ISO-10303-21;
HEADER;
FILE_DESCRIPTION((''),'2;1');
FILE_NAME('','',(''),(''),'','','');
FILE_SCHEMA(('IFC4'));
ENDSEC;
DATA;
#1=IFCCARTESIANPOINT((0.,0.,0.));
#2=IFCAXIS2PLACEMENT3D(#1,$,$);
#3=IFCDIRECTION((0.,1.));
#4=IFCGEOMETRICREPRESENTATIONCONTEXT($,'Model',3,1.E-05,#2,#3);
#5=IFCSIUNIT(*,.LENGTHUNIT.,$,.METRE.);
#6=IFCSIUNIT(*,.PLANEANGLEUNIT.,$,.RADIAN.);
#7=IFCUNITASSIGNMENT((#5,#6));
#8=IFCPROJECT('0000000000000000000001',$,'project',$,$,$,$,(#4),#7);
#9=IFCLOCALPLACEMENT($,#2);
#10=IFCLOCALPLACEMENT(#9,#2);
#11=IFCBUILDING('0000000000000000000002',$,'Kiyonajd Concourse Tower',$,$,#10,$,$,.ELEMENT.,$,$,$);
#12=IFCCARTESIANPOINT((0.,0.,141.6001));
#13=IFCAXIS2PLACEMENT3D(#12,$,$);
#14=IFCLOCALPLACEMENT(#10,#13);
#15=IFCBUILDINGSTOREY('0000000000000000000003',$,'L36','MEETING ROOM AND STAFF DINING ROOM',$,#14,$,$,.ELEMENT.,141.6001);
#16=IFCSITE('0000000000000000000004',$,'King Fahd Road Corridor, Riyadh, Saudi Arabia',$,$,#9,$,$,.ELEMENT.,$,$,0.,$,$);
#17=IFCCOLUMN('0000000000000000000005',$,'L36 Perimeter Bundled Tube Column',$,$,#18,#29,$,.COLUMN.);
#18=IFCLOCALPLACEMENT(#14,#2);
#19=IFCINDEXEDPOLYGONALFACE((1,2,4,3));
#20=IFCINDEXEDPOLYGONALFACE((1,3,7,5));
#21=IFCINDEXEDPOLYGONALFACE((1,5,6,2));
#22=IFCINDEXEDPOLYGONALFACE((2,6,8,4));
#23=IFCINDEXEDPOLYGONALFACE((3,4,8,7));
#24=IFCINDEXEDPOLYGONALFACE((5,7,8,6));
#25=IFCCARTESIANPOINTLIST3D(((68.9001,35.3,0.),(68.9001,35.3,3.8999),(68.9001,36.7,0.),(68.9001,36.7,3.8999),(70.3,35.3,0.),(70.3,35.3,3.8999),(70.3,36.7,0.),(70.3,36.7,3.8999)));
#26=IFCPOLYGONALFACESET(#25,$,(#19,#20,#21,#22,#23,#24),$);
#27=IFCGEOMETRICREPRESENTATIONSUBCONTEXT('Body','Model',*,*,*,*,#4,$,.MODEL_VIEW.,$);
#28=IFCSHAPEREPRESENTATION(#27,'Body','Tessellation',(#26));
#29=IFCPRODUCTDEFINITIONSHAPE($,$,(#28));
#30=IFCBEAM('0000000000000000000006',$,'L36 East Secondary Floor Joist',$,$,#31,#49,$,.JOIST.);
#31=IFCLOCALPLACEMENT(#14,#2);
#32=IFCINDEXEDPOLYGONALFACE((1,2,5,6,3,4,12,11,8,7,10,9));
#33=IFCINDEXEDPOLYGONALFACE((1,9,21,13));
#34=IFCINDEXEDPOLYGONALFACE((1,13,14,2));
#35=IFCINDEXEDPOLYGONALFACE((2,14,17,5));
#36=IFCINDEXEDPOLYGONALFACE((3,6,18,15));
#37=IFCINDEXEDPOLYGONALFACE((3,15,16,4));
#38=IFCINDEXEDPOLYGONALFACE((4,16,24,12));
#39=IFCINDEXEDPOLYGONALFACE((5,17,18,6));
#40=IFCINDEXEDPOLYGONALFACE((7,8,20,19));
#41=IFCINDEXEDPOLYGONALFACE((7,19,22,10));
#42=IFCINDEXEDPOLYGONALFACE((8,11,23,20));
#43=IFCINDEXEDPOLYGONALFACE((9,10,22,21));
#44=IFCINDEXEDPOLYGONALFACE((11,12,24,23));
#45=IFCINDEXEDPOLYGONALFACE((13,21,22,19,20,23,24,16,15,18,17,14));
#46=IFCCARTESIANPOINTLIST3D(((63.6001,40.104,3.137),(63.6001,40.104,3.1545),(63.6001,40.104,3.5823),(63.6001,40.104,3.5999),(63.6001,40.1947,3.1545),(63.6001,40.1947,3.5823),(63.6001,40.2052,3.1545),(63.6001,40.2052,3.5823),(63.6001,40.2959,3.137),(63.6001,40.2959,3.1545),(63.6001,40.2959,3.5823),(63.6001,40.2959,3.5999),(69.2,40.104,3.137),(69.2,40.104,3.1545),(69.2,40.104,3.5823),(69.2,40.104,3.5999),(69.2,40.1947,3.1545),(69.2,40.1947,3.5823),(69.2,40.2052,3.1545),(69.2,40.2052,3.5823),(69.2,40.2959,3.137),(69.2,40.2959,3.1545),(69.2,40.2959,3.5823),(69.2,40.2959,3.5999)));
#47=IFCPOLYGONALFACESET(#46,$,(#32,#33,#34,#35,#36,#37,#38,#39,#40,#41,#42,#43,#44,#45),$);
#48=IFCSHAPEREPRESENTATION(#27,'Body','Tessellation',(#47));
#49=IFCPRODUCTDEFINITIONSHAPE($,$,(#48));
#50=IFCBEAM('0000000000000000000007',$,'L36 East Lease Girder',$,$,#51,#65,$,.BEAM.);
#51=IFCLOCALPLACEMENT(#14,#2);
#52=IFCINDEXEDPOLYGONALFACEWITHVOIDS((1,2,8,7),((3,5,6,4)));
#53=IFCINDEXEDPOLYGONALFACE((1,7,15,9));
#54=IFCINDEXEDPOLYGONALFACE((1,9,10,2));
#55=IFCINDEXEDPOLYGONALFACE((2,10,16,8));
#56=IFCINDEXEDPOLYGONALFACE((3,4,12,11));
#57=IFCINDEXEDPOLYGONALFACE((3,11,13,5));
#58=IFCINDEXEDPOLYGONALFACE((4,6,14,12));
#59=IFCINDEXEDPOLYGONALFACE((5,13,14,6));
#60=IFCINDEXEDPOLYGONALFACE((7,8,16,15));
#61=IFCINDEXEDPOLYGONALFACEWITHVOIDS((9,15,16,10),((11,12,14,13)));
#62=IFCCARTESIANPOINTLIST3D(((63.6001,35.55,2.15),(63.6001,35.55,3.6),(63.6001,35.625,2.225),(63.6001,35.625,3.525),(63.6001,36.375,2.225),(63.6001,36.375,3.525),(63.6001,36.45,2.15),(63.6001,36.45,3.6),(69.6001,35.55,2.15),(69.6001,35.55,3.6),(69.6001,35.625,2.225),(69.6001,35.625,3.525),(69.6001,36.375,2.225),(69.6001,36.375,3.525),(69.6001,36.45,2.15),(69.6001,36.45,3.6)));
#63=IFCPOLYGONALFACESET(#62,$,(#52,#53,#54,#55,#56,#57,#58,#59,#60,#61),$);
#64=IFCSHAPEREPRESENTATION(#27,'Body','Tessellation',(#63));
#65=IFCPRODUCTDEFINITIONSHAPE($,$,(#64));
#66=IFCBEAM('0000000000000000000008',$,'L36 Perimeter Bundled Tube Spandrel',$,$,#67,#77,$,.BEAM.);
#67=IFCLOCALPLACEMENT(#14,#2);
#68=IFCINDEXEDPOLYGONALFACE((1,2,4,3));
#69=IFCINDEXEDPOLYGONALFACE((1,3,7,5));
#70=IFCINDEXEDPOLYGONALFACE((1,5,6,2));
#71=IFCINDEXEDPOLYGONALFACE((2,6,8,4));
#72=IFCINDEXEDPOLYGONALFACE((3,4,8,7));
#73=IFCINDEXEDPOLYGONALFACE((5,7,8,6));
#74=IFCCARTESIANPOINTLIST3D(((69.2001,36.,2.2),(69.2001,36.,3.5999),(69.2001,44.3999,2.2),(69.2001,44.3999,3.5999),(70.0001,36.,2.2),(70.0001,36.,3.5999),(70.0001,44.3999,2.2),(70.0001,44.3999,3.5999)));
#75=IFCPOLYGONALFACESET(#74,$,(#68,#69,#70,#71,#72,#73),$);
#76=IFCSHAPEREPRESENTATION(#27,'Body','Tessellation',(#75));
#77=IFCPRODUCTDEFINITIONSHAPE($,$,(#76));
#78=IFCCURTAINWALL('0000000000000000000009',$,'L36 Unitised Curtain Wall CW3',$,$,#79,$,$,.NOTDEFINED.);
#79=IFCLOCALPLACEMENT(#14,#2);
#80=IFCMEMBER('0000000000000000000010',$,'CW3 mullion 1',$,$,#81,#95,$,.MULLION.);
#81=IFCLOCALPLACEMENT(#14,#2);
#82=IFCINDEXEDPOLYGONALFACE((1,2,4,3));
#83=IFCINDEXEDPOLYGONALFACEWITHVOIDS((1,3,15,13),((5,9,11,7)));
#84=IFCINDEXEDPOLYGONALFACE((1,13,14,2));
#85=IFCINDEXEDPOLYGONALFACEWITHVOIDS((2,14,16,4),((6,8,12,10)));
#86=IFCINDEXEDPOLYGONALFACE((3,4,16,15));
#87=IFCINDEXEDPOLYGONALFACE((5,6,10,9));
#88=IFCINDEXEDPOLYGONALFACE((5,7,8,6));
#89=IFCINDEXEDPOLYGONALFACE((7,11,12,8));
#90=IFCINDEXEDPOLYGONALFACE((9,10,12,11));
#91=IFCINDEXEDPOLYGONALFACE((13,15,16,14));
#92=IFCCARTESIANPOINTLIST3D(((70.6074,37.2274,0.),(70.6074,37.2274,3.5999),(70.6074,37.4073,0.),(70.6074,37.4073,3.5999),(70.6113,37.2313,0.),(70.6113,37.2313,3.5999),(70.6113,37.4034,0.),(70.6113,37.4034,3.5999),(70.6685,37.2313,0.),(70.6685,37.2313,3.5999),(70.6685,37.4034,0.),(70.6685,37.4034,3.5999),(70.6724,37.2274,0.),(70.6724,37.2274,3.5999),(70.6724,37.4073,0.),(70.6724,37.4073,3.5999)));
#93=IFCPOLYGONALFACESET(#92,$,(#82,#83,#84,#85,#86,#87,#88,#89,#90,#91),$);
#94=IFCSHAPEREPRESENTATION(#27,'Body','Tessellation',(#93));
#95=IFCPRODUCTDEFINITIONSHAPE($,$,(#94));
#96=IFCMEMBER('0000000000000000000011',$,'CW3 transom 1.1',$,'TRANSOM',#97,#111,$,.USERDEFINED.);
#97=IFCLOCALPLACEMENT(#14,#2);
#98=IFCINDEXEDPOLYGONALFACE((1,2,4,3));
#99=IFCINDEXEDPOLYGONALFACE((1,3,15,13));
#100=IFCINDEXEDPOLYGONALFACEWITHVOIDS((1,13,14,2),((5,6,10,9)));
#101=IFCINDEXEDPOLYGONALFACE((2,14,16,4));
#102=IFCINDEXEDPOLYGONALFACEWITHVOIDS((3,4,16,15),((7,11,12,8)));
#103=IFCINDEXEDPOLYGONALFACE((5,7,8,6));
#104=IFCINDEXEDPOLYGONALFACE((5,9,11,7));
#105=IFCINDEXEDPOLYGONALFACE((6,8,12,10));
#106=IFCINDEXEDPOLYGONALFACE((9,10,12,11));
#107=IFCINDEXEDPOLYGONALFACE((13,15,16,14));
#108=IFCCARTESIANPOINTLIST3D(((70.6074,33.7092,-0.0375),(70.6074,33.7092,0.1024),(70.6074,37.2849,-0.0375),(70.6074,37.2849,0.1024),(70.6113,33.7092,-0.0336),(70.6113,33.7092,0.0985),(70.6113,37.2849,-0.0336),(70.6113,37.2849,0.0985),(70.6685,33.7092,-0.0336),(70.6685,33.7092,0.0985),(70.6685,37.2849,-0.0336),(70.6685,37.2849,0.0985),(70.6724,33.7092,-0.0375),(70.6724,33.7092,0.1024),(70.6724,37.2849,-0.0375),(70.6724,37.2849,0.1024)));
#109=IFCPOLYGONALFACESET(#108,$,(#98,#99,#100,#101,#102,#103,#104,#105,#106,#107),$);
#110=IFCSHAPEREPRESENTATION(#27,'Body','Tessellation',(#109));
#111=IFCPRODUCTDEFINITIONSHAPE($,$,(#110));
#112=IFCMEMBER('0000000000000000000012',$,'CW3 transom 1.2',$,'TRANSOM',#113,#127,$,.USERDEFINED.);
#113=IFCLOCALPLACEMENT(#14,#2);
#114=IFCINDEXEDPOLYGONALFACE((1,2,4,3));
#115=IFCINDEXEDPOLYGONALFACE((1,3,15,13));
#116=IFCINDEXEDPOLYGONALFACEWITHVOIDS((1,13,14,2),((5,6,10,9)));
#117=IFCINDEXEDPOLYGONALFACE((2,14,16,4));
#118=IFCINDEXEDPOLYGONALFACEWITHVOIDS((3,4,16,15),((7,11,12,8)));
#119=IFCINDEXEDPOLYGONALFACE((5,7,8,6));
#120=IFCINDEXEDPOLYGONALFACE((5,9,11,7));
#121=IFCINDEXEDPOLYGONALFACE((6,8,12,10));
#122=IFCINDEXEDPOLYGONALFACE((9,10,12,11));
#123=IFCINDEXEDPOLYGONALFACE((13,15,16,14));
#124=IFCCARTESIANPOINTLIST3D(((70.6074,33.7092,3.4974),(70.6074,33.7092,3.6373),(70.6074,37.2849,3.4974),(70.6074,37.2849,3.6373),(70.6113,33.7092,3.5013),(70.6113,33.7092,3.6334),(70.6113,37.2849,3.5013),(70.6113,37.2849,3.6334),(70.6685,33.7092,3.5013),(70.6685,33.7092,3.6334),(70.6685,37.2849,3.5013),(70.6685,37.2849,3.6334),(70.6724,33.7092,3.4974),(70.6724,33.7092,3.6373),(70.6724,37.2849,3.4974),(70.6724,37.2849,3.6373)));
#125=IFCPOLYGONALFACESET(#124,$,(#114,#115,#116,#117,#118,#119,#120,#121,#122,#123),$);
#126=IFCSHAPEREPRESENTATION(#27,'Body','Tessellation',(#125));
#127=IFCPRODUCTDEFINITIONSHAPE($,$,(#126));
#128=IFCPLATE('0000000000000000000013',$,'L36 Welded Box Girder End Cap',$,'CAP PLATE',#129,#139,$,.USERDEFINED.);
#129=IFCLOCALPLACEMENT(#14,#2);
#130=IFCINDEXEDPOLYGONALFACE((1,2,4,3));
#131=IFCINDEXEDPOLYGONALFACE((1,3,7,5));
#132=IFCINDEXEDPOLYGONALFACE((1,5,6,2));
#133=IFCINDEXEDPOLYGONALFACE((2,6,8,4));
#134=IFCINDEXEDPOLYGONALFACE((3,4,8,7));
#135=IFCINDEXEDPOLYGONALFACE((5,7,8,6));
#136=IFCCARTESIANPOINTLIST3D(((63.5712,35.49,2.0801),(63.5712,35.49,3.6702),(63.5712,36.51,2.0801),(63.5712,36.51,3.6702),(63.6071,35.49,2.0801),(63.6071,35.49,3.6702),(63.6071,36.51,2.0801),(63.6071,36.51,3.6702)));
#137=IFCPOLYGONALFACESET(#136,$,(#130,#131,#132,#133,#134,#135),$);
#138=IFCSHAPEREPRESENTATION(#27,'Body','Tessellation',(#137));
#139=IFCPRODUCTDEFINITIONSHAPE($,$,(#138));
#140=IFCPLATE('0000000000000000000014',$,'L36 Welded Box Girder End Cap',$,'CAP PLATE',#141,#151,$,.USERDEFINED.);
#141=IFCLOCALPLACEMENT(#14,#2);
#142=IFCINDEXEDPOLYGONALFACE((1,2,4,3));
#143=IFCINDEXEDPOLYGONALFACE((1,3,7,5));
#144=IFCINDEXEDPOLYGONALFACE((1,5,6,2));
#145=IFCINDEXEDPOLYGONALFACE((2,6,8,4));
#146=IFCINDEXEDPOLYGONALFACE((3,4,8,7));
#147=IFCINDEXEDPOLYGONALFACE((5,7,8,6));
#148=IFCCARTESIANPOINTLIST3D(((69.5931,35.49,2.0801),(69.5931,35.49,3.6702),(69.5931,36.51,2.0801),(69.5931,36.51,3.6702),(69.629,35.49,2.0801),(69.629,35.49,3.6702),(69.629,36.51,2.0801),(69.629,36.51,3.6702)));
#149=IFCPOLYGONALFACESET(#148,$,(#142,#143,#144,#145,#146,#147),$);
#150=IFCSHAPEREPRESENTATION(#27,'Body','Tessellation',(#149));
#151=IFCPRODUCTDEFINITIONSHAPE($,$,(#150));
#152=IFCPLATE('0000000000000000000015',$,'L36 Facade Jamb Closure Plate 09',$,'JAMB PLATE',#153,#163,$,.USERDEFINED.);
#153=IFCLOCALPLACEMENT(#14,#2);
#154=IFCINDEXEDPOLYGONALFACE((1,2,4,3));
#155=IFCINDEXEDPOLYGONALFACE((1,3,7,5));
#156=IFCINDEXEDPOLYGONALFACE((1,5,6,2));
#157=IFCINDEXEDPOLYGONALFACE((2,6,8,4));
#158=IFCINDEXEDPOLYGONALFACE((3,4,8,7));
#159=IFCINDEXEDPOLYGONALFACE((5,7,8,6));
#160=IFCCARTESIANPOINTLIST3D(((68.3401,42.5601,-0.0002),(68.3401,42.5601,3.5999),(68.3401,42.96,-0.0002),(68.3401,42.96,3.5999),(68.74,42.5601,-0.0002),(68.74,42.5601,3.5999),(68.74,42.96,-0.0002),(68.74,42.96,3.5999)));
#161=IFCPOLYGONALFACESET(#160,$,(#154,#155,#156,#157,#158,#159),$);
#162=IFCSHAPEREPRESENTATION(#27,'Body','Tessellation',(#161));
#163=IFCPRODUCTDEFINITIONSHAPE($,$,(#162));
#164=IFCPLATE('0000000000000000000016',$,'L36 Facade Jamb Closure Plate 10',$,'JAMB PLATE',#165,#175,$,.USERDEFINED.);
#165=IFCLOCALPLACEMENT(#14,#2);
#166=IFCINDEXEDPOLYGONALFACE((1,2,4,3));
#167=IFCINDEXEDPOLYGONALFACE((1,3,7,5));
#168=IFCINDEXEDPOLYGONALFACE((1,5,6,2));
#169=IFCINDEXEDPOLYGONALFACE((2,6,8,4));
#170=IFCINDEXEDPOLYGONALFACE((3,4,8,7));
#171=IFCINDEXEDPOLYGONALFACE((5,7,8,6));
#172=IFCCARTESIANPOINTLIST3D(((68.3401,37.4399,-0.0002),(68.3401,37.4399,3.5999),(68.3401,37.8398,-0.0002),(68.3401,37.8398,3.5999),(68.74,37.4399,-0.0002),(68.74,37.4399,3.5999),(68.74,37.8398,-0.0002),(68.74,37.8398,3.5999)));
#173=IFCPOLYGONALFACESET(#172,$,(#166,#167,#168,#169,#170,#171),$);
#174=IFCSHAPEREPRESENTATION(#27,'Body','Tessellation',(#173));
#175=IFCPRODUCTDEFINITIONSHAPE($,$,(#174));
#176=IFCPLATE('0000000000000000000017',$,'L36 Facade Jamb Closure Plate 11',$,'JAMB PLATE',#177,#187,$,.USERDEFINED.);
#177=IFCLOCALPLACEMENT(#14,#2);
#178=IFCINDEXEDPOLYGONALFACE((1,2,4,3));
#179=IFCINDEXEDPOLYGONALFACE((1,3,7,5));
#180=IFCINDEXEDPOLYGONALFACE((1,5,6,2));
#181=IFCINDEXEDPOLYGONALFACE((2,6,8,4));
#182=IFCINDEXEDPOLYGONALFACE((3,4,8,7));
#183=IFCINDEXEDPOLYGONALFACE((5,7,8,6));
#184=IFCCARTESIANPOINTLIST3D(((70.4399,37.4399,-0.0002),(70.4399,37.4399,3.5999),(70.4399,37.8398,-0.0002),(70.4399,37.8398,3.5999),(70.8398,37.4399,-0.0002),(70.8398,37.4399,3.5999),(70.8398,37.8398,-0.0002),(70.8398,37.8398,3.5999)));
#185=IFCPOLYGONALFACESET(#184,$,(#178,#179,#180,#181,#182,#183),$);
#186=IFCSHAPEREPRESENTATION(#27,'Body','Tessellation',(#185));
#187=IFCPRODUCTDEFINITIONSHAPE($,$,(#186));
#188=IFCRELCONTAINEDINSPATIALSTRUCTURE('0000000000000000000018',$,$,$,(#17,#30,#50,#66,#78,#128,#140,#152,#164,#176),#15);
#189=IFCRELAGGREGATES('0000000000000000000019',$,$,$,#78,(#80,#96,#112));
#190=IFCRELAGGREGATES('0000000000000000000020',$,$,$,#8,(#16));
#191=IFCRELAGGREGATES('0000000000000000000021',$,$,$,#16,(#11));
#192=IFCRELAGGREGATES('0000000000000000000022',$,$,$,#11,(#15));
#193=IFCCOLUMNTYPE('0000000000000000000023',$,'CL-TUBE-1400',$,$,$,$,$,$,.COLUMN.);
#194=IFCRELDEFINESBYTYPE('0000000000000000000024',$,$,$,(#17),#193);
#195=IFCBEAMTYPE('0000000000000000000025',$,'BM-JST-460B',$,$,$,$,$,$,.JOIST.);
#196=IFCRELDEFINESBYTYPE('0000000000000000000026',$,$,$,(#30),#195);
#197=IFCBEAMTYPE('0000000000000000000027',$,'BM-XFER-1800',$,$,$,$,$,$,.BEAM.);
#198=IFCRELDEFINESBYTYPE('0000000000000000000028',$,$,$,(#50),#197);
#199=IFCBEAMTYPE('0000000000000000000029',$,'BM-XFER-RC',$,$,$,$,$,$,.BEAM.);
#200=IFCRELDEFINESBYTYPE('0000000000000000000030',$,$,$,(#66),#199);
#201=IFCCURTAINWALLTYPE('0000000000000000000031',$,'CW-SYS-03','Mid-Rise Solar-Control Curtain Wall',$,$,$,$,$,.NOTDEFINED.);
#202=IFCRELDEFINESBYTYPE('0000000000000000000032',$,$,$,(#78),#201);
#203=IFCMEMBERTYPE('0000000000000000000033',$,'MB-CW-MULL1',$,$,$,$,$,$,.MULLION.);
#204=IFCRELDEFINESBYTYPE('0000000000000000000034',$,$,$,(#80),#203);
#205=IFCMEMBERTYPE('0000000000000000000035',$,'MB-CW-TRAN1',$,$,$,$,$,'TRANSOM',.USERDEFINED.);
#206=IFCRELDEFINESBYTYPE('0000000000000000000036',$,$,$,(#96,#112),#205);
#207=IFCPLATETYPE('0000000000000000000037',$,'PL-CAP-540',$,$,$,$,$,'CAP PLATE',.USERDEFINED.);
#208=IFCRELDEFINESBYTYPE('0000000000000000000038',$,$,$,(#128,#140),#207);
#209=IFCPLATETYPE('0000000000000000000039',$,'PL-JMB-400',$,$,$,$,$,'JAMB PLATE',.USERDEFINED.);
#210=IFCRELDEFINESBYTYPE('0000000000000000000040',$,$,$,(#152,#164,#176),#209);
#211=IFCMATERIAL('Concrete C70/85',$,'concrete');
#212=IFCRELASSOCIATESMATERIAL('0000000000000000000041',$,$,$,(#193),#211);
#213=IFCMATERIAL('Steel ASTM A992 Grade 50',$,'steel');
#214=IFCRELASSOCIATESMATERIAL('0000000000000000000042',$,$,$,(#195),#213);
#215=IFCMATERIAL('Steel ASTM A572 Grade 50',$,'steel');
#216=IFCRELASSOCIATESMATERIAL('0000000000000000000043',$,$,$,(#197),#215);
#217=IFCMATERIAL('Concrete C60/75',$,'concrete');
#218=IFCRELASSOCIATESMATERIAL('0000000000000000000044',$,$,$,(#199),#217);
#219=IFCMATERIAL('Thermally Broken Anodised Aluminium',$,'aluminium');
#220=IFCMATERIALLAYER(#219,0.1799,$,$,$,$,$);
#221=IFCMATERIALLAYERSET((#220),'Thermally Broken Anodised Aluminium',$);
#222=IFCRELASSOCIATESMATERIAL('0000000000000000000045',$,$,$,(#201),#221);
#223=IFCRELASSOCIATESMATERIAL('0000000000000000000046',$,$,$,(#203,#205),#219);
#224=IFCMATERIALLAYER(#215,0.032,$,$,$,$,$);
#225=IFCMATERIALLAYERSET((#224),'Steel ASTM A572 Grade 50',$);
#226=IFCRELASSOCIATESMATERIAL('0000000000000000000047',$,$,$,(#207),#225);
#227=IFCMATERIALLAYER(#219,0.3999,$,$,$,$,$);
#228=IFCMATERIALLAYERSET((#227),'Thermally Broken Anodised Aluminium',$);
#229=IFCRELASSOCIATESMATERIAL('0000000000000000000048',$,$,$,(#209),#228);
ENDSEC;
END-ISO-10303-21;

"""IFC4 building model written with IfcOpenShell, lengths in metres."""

from ifc_helpers import new_model, si_unit, direction, frame, origin, origin_2d, place, context, subcontext, project, spatial, rectangle, hollow_rectangle, i_section, extrude, material, layer, layer_set, material_profile, profile_set, type_object, element, aggregate, save


model = new_model("IFC4")

# Units and contexts
model_context = context("Model", 3, precision=1e-05, world=origin(), true_north=direction((0.0, 1.0)))
body_context = subcontext(model_context, "Body", "Model", "MODEL_VIEW")
ifc_project = project(units=[si_unit("LENGTHUNIT", "METRE"), si_unit("PLANEANGLEUNIT", "RADIAN")], contexts=[model_context])

# Site, building, storey
site_placement = place(None, origin())
site = spatial("IfcSite", under=ifc_project, at=site_placement, Name="King Fahd Road Corridor, Riyadh, Saudi Arabia", CompositionType="ELEMENT", RefElevation=0.0)
building_placement = place(site_placement, origin())
building = spatial("IfcBuilding", under=site, at=building_placement, Name="Kiyonajd Concourse Tower", CompositionType="ELEMENT")
storey_placement = place(building_placement, frame((0.0, 0.0, 141.6001)))
storey = spatial("IfcBuildingStorey", under=building, at=storey_placement, Name="L36", Description="MEETING ROOM AND STAFF DINING ROOM", CompositionType="ELEMENT", Elevation=141.6001)

# Column
ifc_material_1 = material(Name="Concrete C70/85", Category="concrete")
ifc_material_profile_1 = material_profile(ifc_material_1, rectangle(XDim=1.3999, YDim=1.3999, at=origin_2d()), Name="RC-1400x1400")
ifc_profile_set_1 = profile_set([ifc_material_profile_1], Name="Concrete C70/85")
column_type = type_object("IfcColumnType", Name="CL-TUBE-1400", PredefinedType="COLUMN", material=ifc_profile_set_1)
column_placement = place(storey_placement, frame((69.6001, 36.0, 0.0), z_axis=(0.0, 0.0, 1.0), x_axis=(1.0, 0.0, 0.0)))
element("IfcColumn", 1, at=column_placement, inside=storey, type_object=column_type, Name="L36 Perimeter Bundled Tube Column", PredefinedType="COLUMN", context=body_context, shape_type="SweptSolid", body=[
    extrude(rectangle(XDim=1.3999, YDim=1.3999, at=origin_2d()), origin(), (0.0, 0.0, 1.0), 3.8999),
])

# Beams
ifc_material_2 = material(Name="Steel ASTM A992 Grade 50", Category="steel")
ifc_material_profile_2 = material_profile(ifc_material_2, i_section(OverallWidth=0.1919, OverallDepth=0.4629, WebThickness=0.0105, FlangeThickness=0.0176, at=origin_2d()), Name="W460X89")
ifc_profile_set_2 = profile_set([ifc_material_profile_2], Name="Steel ASTM A992 Grade 50")
beam_type_1 = type_object("IfcBeamType", Name="BM-JST-460B", PredefinedType="JOIST", material=ifc_profile_set_2)
beam_1_placement = place(storey_placement, frame((63.6001, 40.2, 3.3684), z_axis=(1.0, 0.0, 0.0), x_axis=(0.0, 1.0, 0.0)))
element("IfcBeam", 2, at=beam_1_placement, inside=storey, type_object=beam_type_1, Name="L36 East Secondary Floor Joist", PredefinedType="JOIST", context=body_context, shape_type="SweptSolid", body=[
    extrude(i_section(OverallWidth=0.1919, OverallDepth=0.4629, WebThickness=0.0105, FlangeThickness=0.0176, at=origin_2d()), origin(), (0.0, 0.0, 1.0), 5.5999),
])
ifc_material_3 = material(Name="Steel ASTM A572 Grade 50", Category="steel")
ifc_material_profile_3 = material_profile(ifc_material_3, hollow_rectangle(XDim=0.8999, YDim=1.45, WallThickness=0.075, at=origin_2d()), Name="BOX-1450x900x75")
ifc_profile_set_3 = profile_set([ifc_material_profile_3], Name="Steel ASTM A572 Grade 50")
beam_type_2 = type_object("IfcBeamType", Name="BM-XFER-1800", PredefinedType="BEAM", material=ifc_profile_set_3)
beam_2_placement = place(storey_placement, frame((63.6001, 36.0, 2.875), z_axis=(1.0, 0.0, 0.0), x_axis=(0.0, 1.0, 0.0)))
element("IfcBeam", 3, at=beam_2_placement, inside=storey, type_object=beam_type_2, Name="L36 East Lease Girder", PredefinedType="BEAM", context=body_context, shape_type="SweptSolid", body=[
    extrude(hollow_rectangle(XDim=0.8999, YDim=1.45, WallThickness=0.075, at=origin_2d()), origin(), (0.0, 0.0, 1.0), 6.0),
])
ifc_material_4 = material(Name="Concrete C60/75", Category="concrete")
ifc_material_profile_4 = material_profile(ifc_material_4, rectangle(XDim=0.8, YDim=1.3999, at=origin_2d()), Name="RCBM-800x1400")
ifc_profile_set_4 = profile_set([ifc_material_profile_4], Name="Concrete C60/75")
beam_type_3 = type_object("IfcBeamType", Name="BM-XFER-RC", PredefinedType="BEAM", material=ifc_profile_set_4)
beam_3_placement = place(storey_placement, frame((69.6001, 36.0, 2.8999), z_axis=(0.0, 1.0, 0.0), x_axis=(-1.0, 0.0, 0.0)))
element("IfcBeam", 4, at=beam_3_placement, inside=storey, type_object=beam_type_3, Name="L36 Perimeter Bundled Tube Spandrel", PredefinedType="BEAM", context=body_context, shape_type="SweptSolid", body=[
    extrude(rectangle(XDim=0.8, YDim=1.3999, at=origin_2d()), origin(), (0.0, 0.0, 1.0), 8.3999),
])

# Curtain wall, members
ifc_material_5 = material(Name="Thermally Broken Anodised Aluminium", Category="aluminium")
ifc_layer_1 = layer(ifc_material_5, 0.1799)
ifc_layer_set_1 = layer_set([ifc_layer_1], Name="Thermally Broken Anodised Aluminium")
curtain_wall_type = type_object("IfcCurtainWallType", Name="CW-SYS-03", Description="Mid-Rise Solar-Control Curtain Wall", PredefinedType="NOTDEFINED", material=ifc_layer_set_1)
curtain_wall_placement = place(storey_placement, origin())
curtain_wall = element("IfcCurtainWall", 5, at=curtain_wall_placement, inside=storey, type_object=curtain_wall_type, Name="L36 Unitised Curtain Wall CW3", PredefinedType="NOTDEFINED")
ifc_material_profile_5 = material_profile(ifc_material_5, hollow_rectangle(XDim=0.0649, YDim=0.1799, WallThickness=0.0039, at=origin_2d()), Name="MULL-65x180")
ifc_profile_set_5 = profile_set([ifc_material_profile_5], Name="Thermally Broken Anodised Aluminium")
member_type_1 = type_object("IfcMemberType", Name="MB-CW-MULL1", PredefinedType="MULLION", material=ifc_profile_set_5)
member_1_placement = place(storey_placement, frame((70.6399, 37.3174, 0.0), z_axis=(0.0, 0.0, 1.0), x_axis=(1.0, 0.0, 0.0)))
member_1 = element("IfcMember", 6, at=member_1_placement, type_object=member_type_1, Name="CW3 mullion 1", PredefinedType="MULLION", context=body_context, shape_type="SweptSolid", body=[
    extrude(hollow_rectangle(XDim=0.0649, YDim=0.1799, WallThickness=0.0039, at=origin_2d()), origin(), (0.0, 0.0, 1.0), 3.5999),
])
ifc_material_profile_6 = material_profile(ifc_material_5, hollow_rectangle(XDim=0.0649, YDim=0.1399, WallThickness=0.0039, at=origin_2d()), Name="TRAN-65x140")
ifc_profile_set_6 = profile_set([ifc_material_profile_6], Name="Thermally Broken Anodised Aluminium")
member_type_2 = type_object("IfcMemberType", Name="MB-CW-TRAN1", ElementType="TRANSOM", PredefinedType="USERDEFINED", material=ifc_profile_set_6)
member_2_placement = place(storey_placement, frame((70.6399, 37.2849, 0.0325), z_axis=(0.0, -1.0, 0.0), x_axis=(1.0, 0.0, 0.0)))
member_2 = element("IfcMember", 7, at=member_2_placement, type_object=member_type_2, Name="CW3 transom 1.1", ObjectType="TRANSOM", PredefinedType="USERDEFINED", context=body_context, shape_type="SweptSolid", body=[
    extrude(hollow_rectangle(XDim=0.0649, YDim=0.1399, WallThickness=0.0039, at=origin_2d()), origin(), (0.0, 0.0, 1.0), 3.5757),
])
member_3_placement = place(storey_placement, frame((70.6399, 37.2849, 3.5674), z_axis=(0.0, -1.0, 0.0), x_axis=(1.0, 0.0, 0.0)))
member_3 = element("IfcMember", 8, at=member_3_placement, type_object=member_type_2, Name="CW3 transom 1.2", ObjectType="TRANSOM", PredefinedType="USERDEFINED", context=body_context, shape_type="SweptSolid", body=[
    extrude(hollow_rectangle(XDim=0.0649, YDim=0.1399, WallThickness=0.0039, at=origin_2d()), origin(), (0.0, 0.0, 1.0), 3.5757),
])
aggregate(curtain_wall, [member_1, member_2, member_3])

# Plates
ifc_layer_2 = layer(ifc_material_3, 0.032)
ifc_layer_set_2 = layer_set([ifc_layer_2], Name="Steel ASTM A572 Grade 50")
plate_type_1 = type_object("IfcPlateType", Name="PL-CAP-540", ElementType="CAP PLATE", PredefinedType="USERDEFINED", material=ifc_layer_set_2)
for number, where, z_axis, x_axis, name in (
    (9, (63.5891, 36.0, 2.0801), (0.0, 0.0, 1.0), (-1.0, 0.0, 0.0), "L36 Welded Box Girder End Cap"),
    (10, (69.6111, 36.0, 2.0801), (0.0, 0.0, 1.0), (1.0, 0.0, 0.0), "L36 Welded Box Girder End Cap"),
):
    element("IfcPlate", number, at=place(storey_placement, frame(where, z_axis=z_axis, x_axis=x_axis)), inside=storey, type_object=plate_type_1, Name=name, ObjectType="CAP PLATE", PredefinedType="USERDEFINED", context=body_context, shape_type="SweptSolid", body=[
        extrude(rectangle(XDim=0.0359, YDim=1.02, at=origin_2d()), origin(), (0.0, 0.0, 1.0), 1.5901),
    ])
ifc_layer_3 = layer(ifc_material_5, 0.3999)
ifc_layer_set_3 = layer_set([ifc_layer_3], Name="Thermally Broken Anodised Aluminium")
plate_type_2 = type_object("IfcPlateType", Name="PL-JMB-400", ElementType="JAMB PLATE", PredefinedType="USERDEFINED", material=ifc_layer_set_3)
for number, where, z_axis, x_axis, name in (
    (11, (68.54, 42.76, -0.0002), (0.0, 0.0, 1.0), (1.0, 0.0, 0.0), "L36 Facade Jamb Closure Plate 09"),
    (12, (68.54, 37.6399, -0.0002), (0.0, 0.0, 1.0), (1.0, 0.0, 0.0), "L36 Facade Jamb Closure Plate 10"),
    (13, (70.6399, 37.6399, -0.0002), (0.0, 0.0, 1.0), (1.0, 0.0, 0.0), "L36 Facade Jamb Closure Plate 11"),
):
    element("IfcPlate", number, at=place(storey_placement, frame(where, z_axis=z_axis, x_axis=x_axis)), inside=storey, type_object=plate_type_2, Name=name, ObjectType="JAMB PLATE", PredefinedType="USERDEFINED", context=body_context, shape_type="SweptSolid", body=[
        extrude(rectangle(XDim=0.3999, YDim=0.3999, at=origin_2d()), origin(), (0.0, 0.0, 1.0), 3.6001),
    ])

save(model, "model.ifc")
